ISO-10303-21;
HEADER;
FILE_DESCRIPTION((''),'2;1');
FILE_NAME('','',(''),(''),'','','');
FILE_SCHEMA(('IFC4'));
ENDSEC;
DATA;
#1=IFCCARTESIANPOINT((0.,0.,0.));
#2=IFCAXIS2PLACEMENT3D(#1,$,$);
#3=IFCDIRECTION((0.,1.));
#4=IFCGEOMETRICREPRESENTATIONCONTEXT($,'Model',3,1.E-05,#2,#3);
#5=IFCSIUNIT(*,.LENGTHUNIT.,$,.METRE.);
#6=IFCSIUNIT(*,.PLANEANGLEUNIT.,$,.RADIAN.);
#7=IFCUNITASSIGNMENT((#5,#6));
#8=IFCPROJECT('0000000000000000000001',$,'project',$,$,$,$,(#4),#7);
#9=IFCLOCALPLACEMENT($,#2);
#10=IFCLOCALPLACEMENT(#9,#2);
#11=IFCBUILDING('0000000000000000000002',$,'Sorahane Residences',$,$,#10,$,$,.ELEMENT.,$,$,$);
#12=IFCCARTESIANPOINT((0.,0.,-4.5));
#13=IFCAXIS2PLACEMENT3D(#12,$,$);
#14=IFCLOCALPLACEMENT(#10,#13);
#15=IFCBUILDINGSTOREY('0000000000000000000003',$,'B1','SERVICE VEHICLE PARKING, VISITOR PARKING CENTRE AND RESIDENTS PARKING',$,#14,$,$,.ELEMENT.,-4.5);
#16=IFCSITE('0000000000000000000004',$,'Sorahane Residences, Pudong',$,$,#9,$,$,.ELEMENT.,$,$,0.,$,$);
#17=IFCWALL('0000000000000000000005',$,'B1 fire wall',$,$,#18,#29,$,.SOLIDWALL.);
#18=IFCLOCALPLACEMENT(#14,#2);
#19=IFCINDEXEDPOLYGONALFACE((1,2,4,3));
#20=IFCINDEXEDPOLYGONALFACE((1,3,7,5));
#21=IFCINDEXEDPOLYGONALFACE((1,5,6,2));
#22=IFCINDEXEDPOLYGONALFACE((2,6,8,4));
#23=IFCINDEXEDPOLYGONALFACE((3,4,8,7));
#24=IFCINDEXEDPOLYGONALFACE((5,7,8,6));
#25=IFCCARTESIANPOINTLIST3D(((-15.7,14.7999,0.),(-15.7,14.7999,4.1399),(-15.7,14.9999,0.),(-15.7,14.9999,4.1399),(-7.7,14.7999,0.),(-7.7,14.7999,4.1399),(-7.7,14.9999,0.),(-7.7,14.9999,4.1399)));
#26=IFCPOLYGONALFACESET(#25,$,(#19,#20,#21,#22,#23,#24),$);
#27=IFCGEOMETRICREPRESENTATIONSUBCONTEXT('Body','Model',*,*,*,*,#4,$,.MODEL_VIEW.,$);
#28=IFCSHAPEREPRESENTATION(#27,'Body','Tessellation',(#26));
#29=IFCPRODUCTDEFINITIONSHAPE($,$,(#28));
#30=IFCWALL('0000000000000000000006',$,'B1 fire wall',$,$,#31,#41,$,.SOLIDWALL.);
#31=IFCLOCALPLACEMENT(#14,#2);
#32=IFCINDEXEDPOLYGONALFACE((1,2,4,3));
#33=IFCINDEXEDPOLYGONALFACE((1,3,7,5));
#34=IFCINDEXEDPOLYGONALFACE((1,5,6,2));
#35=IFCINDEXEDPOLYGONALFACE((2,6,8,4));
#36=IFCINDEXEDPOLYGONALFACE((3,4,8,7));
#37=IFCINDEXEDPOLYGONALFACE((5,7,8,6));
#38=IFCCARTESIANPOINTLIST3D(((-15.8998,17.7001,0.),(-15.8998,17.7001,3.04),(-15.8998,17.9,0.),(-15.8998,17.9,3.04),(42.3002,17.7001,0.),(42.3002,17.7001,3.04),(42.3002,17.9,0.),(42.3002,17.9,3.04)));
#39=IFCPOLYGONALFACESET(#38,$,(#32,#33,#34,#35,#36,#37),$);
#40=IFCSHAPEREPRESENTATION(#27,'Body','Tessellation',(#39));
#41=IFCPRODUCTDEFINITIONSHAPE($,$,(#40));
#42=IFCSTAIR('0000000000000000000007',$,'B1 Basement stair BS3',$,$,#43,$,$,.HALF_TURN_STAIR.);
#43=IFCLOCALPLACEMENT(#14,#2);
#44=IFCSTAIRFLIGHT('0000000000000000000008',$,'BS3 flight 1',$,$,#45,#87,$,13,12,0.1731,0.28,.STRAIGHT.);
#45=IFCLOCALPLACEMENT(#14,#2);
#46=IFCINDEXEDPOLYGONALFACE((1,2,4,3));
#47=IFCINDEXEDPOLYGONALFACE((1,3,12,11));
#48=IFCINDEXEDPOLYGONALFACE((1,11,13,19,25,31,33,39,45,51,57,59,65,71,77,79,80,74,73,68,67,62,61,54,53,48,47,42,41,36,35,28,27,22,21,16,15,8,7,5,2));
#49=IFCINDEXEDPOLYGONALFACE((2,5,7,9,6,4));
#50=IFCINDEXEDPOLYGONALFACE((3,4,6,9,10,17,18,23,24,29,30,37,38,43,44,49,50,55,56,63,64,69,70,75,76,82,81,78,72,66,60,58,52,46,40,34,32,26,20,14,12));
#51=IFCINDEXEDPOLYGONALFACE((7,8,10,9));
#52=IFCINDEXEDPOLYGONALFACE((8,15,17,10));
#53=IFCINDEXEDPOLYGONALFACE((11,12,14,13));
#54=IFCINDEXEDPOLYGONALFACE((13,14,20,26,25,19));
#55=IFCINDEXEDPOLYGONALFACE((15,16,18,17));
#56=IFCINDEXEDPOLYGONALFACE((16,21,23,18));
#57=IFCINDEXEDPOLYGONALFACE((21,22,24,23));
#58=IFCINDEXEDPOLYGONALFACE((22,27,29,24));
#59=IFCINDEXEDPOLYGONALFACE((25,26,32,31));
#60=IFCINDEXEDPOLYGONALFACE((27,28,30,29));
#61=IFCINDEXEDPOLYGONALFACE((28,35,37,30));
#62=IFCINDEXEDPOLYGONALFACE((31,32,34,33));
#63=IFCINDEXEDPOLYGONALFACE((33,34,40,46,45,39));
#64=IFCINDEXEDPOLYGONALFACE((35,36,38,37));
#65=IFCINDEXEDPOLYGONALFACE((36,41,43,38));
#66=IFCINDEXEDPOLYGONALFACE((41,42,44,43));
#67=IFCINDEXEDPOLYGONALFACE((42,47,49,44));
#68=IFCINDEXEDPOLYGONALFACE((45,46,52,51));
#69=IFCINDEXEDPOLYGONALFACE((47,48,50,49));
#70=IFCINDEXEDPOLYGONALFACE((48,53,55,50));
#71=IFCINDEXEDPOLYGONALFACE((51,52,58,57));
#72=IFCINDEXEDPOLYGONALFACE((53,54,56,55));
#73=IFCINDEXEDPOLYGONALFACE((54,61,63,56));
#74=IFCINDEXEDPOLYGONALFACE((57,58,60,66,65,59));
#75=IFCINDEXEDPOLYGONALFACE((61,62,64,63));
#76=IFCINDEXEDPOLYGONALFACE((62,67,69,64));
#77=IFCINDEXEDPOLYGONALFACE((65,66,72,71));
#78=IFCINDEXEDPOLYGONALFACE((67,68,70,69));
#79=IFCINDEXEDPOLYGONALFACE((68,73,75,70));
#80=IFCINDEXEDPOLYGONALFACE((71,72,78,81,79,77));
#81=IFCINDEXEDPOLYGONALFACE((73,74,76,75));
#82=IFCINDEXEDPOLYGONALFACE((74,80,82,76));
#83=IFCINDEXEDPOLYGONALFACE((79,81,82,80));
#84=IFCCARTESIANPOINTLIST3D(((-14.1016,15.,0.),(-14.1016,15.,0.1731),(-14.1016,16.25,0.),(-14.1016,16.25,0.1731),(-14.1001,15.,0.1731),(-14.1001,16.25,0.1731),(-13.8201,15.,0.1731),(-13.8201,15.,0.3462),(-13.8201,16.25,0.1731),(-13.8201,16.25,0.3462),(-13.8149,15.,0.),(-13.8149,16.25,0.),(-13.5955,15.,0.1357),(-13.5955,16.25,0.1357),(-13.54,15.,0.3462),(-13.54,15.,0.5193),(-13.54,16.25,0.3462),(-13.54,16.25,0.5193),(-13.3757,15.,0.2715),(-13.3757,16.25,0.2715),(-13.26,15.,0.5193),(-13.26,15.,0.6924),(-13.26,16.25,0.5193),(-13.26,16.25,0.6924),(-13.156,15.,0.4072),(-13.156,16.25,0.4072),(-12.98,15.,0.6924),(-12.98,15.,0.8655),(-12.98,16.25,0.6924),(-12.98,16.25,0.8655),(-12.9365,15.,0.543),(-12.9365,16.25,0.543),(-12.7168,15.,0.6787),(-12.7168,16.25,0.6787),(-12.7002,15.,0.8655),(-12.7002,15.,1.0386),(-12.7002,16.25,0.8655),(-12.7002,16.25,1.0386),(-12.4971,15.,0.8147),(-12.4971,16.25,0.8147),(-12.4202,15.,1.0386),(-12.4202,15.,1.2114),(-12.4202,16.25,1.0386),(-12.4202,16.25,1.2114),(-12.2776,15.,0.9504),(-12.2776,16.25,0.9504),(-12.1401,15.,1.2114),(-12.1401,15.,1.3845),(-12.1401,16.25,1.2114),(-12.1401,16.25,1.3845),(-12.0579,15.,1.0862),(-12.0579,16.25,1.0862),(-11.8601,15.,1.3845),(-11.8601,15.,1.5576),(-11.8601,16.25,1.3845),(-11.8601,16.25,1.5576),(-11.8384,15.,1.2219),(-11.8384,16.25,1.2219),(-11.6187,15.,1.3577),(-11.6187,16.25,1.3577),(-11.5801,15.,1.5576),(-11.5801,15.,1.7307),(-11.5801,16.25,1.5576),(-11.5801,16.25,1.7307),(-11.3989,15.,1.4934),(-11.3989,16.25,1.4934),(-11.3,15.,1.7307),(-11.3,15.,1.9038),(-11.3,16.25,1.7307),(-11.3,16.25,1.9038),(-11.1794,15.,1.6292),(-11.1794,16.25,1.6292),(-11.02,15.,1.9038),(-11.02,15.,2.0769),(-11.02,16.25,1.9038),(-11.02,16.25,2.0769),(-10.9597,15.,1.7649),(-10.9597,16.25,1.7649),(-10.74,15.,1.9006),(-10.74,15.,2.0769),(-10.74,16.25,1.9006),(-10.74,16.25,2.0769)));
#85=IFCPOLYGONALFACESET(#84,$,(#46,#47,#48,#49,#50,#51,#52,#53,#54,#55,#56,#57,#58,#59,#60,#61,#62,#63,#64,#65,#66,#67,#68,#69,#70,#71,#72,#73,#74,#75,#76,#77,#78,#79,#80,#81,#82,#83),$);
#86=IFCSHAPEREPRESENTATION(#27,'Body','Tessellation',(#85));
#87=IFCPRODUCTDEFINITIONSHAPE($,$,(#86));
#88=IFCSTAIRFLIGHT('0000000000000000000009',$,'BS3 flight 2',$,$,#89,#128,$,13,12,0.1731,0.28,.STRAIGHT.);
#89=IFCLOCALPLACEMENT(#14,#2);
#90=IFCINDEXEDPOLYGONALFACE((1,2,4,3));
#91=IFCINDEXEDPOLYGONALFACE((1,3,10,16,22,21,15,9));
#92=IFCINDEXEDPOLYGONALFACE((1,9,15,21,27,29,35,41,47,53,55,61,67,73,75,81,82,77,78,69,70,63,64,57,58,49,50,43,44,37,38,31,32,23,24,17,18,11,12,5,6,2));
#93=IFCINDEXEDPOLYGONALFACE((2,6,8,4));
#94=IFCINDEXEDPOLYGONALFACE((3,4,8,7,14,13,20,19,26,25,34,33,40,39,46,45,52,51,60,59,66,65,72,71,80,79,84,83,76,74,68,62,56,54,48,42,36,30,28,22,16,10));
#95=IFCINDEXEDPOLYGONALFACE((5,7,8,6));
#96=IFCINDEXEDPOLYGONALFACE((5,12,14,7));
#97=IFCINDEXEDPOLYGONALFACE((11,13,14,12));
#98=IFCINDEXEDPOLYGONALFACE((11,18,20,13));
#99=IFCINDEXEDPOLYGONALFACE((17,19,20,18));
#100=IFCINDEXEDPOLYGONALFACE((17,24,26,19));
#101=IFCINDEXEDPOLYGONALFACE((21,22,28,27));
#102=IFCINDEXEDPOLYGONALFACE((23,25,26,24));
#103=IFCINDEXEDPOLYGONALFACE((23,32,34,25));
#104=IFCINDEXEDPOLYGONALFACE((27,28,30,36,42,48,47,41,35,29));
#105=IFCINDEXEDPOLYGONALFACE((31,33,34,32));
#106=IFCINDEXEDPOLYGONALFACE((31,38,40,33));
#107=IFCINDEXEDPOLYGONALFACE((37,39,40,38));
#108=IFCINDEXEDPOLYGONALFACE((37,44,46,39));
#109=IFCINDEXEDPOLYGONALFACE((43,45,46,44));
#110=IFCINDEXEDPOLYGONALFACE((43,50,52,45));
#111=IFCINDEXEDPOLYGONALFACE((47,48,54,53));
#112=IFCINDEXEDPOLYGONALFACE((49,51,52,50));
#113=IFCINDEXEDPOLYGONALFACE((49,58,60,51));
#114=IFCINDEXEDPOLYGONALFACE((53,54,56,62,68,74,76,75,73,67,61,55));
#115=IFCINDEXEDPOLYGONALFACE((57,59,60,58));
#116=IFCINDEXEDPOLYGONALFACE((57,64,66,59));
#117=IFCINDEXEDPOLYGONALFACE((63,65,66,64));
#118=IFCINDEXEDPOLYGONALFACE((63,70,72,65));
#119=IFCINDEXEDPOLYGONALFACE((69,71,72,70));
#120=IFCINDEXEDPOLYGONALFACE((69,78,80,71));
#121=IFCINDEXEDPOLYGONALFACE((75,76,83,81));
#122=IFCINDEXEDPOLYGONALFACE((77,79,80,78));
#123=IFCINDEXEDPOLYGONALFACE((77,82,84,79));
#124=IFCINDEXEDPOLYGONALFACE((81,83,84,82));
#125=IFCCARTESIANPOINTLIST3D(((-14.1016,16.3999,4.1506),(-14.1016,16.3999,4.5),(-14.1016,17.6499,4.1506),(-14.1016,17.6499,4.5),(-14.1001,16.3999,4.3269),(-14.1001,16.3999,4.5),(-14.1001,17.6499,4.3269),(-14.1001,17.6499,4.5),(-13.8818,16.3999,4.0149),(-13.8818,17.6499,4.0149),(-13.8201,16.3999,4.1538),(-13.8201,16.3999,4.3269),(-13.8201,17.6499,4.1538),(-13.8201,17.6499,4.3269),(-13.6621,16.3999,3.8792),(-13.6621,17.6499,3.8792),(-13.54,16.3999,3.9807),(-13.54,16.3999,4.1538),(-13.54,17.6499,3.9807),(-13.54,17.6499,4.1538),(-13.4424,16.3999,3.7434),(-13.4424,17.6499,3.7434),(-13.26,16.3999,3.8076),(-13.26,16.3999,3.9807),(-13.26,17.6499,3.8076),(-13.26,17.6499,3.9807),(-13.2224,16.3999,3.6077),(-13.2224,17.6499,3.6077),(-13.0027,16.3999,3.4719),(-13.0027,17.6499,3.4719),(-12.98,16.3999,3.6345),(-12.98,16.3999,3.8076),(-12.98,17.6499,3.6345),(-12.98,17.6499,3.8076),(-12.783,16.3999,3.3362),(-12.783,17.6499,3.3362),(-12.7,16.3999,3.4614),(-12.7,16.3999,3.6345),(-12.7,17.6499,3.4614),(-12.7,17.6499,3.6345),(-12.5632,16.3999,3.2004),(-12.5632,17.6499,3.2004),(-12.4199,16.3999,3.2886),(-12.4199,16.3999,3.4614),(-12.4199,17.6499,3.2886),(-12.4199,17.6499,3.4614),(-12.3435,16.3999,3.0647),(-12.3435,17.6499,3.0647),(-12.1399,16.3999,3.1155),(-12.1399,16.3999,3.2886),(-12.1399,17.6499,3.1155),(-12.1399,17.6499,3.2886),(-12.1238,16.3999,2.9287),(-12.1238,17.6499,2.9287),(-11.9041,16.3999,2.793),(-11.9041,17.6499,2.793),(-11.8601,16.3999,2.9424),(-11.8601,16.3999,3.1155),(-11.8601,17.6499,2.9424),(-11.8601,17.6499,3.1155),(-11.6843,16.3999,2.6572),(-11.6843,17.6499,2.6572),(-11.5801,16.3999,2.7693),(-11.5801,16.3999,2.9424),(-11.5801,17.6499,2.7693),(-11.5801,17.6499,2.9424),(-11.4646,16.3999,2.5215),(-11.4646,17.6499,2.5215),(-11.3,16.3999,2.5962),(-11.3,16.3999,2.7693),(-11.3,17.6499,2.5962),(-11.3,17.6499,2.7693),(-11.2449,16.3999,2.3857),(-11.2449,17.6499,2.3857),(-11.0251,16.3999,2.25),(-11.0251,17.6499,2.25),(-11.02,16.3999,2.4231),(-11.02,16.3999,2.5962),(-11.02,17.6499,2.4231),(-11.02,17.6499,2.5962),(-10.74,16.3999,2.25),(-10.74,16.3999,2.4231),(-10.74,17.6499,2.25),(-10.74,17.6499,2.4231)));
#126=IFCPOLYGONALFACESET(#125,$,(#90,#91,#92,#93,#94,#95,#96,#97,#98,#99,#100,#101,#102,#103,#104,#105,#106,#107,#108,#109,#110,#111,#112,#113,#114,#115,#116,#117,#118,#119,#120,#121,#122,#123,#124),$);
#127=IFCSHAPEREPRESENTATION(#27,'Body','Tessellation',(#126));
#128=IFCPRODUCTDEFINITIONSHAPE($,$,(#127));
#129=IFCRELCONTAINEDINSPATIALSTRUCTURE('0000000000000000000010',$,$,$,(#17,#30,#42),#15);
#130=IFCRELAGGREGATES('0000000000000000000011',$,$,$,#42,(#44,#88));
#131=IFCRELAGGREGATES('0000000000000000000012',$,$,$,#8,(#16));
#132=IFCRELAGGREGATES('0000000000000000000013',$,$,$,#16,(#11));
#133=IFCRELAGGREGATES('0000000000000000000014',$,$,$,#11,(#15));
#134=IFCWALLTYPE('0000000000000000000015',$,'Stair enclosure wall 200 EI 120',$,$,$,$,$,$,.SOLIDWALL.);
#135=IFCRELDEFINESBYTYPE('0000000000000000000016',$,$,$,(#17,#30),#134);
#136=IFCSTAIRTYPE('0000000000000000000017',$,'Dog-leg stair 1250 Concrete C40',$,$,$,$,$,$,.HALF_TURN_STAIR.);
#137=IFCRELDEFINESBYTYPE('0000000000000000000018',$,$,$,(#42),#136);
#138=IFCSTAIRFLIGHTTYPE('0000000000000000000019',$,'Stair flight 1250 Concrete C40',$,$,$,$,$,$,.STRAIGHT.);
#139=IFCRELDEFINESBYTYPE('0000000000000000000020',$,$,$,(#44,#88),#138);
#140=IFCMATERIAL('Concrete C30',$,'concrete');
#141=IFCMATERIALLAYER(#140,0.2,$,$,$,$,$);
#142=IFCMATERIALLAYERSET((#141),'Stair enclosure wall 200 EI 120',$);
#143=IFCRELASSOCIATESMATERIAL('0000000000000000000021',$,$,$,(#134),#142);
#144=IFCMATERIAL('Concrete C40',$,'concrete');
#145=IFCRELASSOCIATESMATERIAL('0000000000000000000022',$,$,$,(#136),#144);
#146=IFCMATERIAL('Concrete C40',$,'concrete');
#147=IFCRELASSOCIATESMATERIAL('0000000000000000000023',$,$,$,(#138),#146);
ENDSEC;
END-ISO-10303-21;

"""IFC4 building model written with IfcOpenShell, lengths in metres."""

from ifc_helpers import new_model, si_unit, direction, frame, frame_2d, origin, place, context, subcontext, project, spatial, polyline, rectangle, outline, extrude, material, layer, layer_set, type_object, element, aggregate, save


model = new_model("IFC4")

# Units and contexts
model_context = context("Model", 3, precision=1e-05, world=origin(), true_north=direction((0.0, 1.0)))
body_context = subcontext(model_context, "Body", "Model", "MODEL_VIEW")
ifc_project = project(units=[si_unit("LENGTHUNIT", "METRE"), si_unit("PLANEANGLEUNIT", "RADIAN")], contexts=[model_context])

# Site, building, storey
site_placement = place(None, origin())
site = spatial("IfcSite", under=ifc_project, at=site_placement, Name="Sorahane Residences, Pudong", CompositionType="ELEMENT", RefElevation=0.0)
building_placement = place(site_placement, origin())
building = spatial("IfcBuilding", under=site, at=building_placement, Name="Sorahane Residences", CompositionType="ELEMENT")
storey_placement = place(building_placement, frame((0.0, 0.0, -4.5)))
storey = spatial("IfcBuildingStorey", under=building, at=storey_placement, Name="B1", Description="SERVICE VEHICLE PARKING, VISITOR PARKING CENTRE AND RESIDENTS PARKING", CompositionType="ELEMENT", Elevation=-4.5)

# Walls
ifc_material_1 = material(Name="Concrete C30", Category="concrete")
ifc_layer_1 = layer(ifc_material_1, 0.2)
ifc_layer_set_1 = layer_set([ifc_layer_1], Name="Stair enclosure wall 200 EI 120")
wall_type_1 = type_object("IfcWallType", Name="Stair enclosure wall 200 EI 120", PredefinedType="SOLIDWALL", material=ifc_layer_set_1)
wall_1_placement = place(storey_placement, frame((-15.7, 14.8999, 0.0), z_axis=(0.0, 0.0, 1.0), x_axis=(1.0, 0.0, 0.0)))
element("IfcWall", 1, at=wall_1_placement, inside=storey, type_object=wall_type_1, Name="B1 fire wall", PredefinedType="SOLIDWALL", context=body_context, shape_type="SweptSolid", body=[
    extrude(rectangle(XDim=8.0, YDim=0.2, at=frame_2d((4.0, 0.0))), origin(), (0.0, 0.0, 1.0), 4.1399),
])
wall_2_placement = place(storey_placement, frame((-15.8999, 17.8, 0.0), z_axis=(0.0, 0.0, 1.0), x_axis=(1.0, 0.0, 0.0)))
element("IfcWall", 2, at=wall_2_placement, inside=storey, type_object=wall_type_1, Name="B1 fire wall", PredefinedType="SOLIDWALL", context=body_context, shape_type="SweptSolid", body=[
    extrude(rectangle(XDim=58.2, YDim=0.2, at=frame_2d((29.1001, 0.0))), origin(), (0.0, 0.0, 1.0), 3.04),
])

# Stair, stair flights
ifc_material_2 = material(Name="Concrete C40", Category="concrete")
stair_type = type_object("IfcStairType", Name="Dog-leg stair 1250 Concrete C40", PredefinedType="HALF_TURN_STAIR", material=ifc_material_2)
stair_placement = place(storey_placement, origin())
stair = element("IfcStair", 3, at=stair_placement, inside=storey, type_object=stair_type, Name="B1 Basement stair BS3", PredefinedType="HALF_TURN_STAIR")
ifc_material_3 = material(Name="Concrete C40", Category="concrete")
stair_flight_type = type_object("IfcStairFlightType", Name="Stair flight 1250 Concrete C40", PredefinedType="STRAIGHT", material=ifc_material_3)
stair_flight_1_placement = place(storey_placement, frame((-14.1001, 15.625, 0.0), z_axis=(0.0, 0.0, 1.0), x_axis=(1.0, 0.0, 0.0)))
stair_flight_1 = element("IfcStairFlight", 4, at=stair_flight_1_placement, type_object=stair_flight_type, Name="BS3 flight 1", NumberOfRisers=13, NumberOfTreads=12, PredefinedType="STRAIGHT", RiserHeight=0.1731, TreadLength=0.28, context=body_context, shape_type="SweptSolid", body=[
    extrude(outline(polyline([(-0.0015, 0.0), (-0.0015, 0.1731), (0.0, 0.1731), (0.28, 0.1731), (0.28, 0.3462), (0.5601, 0.3462), (0.5601, 0.5193), (0.8401, 0.5193), (0.8401, 0.6924), (1.1201, 0.6924), (1.1201, 0.8655), (1.3999, 0.8655), (1.3999, 1.0386), (1.6799, 1.0386), (1.6799, 1.2114), (1.96, 1.2114), (1.96, 1.3845), (2.24, 1.3845), (2.24, 1.5576), (2.52, 1.5576), (2.52, 1.7307), (2.8, 1.7307), (2.8, 1.9038), (3.0801, 1.9038), (3.0801, 2.0769), (3.3601, 2.0769), (3.3601, 2.25), (3.3601, 1.9006), (3.1404, 1.7649), (2.9207, 1.6292), (2.7012, 1.4934), (2.4814, 1.3577), (2.2617, 1.2219), (2.0422, 1.0862), (1.8225, 0.9504), (1.603, 0.8147), (1.3833, 0.6787), (1.1636, 0.543), (0.9441, 0.4072), (0.7244, 0.2715), (0.5046, 0.1357), (0.2852, 0.0), (-0.0015, 0.0)])), frame((0.0, 0.625, 0.0), z_axis=(0.0, -1.0, 0.0), x_axis=(1.0, 0.0, 0.0)), (0.0, 0.0, 1.0), 1.25),
])
stair_flight_2_placement = place(storey_placement, frame((-10.74, 17.0249, 2.25), z_axis=(0.0, 0.0, 1.0), x_axis=(-1.0, 0.0, 0.0)))
stair_flight_2 = element("IfcStairFlight", 5, at=stair_flight_2_placement, type_object=stair_flight_type, Name="BS3 flight 2", NumberOfRisers=13, NumberOfTreads=12, PredefinedType="STRAIGHT", RiserHeight=0.1731, TreadLength=0.28, context=body_context, shape_type="SweptSolid", body=[
    extrude(outline(polyline([(0.0, 0.0), (0.0, 0.1731), (0.28, 0.1731), (0.28, 0.3462), (0.5601, 0.3462), (0.5601, 0.5193), (0.8401, 0.5193), (0.8401, 0.6924), (1.1201, 0.6924), (1.1201, 0.8655), (1.3999, 0.8655), (1.3999, 1.0386), (1.6799, 1.0386), (1.6799, 1.2114), (1.96, 1.2114), (1.96, 1.3845), (2.24, 1.3845), (2.24, 1.5576), (2.52, 1.5576), (2.52, 1.7307), (2.8, 1.7307), (2.8, 1.9038), (3.0801, 1.9038), (3.0801, 2.0769), (3.3601, 2.0769), (3.3601, 2.25), (3.3616, 2.25), (3.3616, 1.9006), (3.1418, 1.7649), (2.9221, 1.6292), (2.7024, 1.4934), (2.4824, 1.3577), (2.2627, 1.2219), (2.043, 1.0862), (1.8232, 0.9504), (1.6035, 0.8147), (1.3838, 0.6787), (1.1641, 0.543), (0.9443, 0.4072), (0.7246, 0.2715), (0.5049, 0.1357), (0.2852, 0.0), (0.0, 0.0)])), frame((0.0, 0.625, 0.0), z_axis=(0.0, -1.0, 0.0), x_axis=(1.0, 0.0, 0.0)), (0.0, 0.0, 1.0), 1.25),
])
aggregate(stair, [stair_flight_1, stair_flight_2])

save(model, "model.ifc")
